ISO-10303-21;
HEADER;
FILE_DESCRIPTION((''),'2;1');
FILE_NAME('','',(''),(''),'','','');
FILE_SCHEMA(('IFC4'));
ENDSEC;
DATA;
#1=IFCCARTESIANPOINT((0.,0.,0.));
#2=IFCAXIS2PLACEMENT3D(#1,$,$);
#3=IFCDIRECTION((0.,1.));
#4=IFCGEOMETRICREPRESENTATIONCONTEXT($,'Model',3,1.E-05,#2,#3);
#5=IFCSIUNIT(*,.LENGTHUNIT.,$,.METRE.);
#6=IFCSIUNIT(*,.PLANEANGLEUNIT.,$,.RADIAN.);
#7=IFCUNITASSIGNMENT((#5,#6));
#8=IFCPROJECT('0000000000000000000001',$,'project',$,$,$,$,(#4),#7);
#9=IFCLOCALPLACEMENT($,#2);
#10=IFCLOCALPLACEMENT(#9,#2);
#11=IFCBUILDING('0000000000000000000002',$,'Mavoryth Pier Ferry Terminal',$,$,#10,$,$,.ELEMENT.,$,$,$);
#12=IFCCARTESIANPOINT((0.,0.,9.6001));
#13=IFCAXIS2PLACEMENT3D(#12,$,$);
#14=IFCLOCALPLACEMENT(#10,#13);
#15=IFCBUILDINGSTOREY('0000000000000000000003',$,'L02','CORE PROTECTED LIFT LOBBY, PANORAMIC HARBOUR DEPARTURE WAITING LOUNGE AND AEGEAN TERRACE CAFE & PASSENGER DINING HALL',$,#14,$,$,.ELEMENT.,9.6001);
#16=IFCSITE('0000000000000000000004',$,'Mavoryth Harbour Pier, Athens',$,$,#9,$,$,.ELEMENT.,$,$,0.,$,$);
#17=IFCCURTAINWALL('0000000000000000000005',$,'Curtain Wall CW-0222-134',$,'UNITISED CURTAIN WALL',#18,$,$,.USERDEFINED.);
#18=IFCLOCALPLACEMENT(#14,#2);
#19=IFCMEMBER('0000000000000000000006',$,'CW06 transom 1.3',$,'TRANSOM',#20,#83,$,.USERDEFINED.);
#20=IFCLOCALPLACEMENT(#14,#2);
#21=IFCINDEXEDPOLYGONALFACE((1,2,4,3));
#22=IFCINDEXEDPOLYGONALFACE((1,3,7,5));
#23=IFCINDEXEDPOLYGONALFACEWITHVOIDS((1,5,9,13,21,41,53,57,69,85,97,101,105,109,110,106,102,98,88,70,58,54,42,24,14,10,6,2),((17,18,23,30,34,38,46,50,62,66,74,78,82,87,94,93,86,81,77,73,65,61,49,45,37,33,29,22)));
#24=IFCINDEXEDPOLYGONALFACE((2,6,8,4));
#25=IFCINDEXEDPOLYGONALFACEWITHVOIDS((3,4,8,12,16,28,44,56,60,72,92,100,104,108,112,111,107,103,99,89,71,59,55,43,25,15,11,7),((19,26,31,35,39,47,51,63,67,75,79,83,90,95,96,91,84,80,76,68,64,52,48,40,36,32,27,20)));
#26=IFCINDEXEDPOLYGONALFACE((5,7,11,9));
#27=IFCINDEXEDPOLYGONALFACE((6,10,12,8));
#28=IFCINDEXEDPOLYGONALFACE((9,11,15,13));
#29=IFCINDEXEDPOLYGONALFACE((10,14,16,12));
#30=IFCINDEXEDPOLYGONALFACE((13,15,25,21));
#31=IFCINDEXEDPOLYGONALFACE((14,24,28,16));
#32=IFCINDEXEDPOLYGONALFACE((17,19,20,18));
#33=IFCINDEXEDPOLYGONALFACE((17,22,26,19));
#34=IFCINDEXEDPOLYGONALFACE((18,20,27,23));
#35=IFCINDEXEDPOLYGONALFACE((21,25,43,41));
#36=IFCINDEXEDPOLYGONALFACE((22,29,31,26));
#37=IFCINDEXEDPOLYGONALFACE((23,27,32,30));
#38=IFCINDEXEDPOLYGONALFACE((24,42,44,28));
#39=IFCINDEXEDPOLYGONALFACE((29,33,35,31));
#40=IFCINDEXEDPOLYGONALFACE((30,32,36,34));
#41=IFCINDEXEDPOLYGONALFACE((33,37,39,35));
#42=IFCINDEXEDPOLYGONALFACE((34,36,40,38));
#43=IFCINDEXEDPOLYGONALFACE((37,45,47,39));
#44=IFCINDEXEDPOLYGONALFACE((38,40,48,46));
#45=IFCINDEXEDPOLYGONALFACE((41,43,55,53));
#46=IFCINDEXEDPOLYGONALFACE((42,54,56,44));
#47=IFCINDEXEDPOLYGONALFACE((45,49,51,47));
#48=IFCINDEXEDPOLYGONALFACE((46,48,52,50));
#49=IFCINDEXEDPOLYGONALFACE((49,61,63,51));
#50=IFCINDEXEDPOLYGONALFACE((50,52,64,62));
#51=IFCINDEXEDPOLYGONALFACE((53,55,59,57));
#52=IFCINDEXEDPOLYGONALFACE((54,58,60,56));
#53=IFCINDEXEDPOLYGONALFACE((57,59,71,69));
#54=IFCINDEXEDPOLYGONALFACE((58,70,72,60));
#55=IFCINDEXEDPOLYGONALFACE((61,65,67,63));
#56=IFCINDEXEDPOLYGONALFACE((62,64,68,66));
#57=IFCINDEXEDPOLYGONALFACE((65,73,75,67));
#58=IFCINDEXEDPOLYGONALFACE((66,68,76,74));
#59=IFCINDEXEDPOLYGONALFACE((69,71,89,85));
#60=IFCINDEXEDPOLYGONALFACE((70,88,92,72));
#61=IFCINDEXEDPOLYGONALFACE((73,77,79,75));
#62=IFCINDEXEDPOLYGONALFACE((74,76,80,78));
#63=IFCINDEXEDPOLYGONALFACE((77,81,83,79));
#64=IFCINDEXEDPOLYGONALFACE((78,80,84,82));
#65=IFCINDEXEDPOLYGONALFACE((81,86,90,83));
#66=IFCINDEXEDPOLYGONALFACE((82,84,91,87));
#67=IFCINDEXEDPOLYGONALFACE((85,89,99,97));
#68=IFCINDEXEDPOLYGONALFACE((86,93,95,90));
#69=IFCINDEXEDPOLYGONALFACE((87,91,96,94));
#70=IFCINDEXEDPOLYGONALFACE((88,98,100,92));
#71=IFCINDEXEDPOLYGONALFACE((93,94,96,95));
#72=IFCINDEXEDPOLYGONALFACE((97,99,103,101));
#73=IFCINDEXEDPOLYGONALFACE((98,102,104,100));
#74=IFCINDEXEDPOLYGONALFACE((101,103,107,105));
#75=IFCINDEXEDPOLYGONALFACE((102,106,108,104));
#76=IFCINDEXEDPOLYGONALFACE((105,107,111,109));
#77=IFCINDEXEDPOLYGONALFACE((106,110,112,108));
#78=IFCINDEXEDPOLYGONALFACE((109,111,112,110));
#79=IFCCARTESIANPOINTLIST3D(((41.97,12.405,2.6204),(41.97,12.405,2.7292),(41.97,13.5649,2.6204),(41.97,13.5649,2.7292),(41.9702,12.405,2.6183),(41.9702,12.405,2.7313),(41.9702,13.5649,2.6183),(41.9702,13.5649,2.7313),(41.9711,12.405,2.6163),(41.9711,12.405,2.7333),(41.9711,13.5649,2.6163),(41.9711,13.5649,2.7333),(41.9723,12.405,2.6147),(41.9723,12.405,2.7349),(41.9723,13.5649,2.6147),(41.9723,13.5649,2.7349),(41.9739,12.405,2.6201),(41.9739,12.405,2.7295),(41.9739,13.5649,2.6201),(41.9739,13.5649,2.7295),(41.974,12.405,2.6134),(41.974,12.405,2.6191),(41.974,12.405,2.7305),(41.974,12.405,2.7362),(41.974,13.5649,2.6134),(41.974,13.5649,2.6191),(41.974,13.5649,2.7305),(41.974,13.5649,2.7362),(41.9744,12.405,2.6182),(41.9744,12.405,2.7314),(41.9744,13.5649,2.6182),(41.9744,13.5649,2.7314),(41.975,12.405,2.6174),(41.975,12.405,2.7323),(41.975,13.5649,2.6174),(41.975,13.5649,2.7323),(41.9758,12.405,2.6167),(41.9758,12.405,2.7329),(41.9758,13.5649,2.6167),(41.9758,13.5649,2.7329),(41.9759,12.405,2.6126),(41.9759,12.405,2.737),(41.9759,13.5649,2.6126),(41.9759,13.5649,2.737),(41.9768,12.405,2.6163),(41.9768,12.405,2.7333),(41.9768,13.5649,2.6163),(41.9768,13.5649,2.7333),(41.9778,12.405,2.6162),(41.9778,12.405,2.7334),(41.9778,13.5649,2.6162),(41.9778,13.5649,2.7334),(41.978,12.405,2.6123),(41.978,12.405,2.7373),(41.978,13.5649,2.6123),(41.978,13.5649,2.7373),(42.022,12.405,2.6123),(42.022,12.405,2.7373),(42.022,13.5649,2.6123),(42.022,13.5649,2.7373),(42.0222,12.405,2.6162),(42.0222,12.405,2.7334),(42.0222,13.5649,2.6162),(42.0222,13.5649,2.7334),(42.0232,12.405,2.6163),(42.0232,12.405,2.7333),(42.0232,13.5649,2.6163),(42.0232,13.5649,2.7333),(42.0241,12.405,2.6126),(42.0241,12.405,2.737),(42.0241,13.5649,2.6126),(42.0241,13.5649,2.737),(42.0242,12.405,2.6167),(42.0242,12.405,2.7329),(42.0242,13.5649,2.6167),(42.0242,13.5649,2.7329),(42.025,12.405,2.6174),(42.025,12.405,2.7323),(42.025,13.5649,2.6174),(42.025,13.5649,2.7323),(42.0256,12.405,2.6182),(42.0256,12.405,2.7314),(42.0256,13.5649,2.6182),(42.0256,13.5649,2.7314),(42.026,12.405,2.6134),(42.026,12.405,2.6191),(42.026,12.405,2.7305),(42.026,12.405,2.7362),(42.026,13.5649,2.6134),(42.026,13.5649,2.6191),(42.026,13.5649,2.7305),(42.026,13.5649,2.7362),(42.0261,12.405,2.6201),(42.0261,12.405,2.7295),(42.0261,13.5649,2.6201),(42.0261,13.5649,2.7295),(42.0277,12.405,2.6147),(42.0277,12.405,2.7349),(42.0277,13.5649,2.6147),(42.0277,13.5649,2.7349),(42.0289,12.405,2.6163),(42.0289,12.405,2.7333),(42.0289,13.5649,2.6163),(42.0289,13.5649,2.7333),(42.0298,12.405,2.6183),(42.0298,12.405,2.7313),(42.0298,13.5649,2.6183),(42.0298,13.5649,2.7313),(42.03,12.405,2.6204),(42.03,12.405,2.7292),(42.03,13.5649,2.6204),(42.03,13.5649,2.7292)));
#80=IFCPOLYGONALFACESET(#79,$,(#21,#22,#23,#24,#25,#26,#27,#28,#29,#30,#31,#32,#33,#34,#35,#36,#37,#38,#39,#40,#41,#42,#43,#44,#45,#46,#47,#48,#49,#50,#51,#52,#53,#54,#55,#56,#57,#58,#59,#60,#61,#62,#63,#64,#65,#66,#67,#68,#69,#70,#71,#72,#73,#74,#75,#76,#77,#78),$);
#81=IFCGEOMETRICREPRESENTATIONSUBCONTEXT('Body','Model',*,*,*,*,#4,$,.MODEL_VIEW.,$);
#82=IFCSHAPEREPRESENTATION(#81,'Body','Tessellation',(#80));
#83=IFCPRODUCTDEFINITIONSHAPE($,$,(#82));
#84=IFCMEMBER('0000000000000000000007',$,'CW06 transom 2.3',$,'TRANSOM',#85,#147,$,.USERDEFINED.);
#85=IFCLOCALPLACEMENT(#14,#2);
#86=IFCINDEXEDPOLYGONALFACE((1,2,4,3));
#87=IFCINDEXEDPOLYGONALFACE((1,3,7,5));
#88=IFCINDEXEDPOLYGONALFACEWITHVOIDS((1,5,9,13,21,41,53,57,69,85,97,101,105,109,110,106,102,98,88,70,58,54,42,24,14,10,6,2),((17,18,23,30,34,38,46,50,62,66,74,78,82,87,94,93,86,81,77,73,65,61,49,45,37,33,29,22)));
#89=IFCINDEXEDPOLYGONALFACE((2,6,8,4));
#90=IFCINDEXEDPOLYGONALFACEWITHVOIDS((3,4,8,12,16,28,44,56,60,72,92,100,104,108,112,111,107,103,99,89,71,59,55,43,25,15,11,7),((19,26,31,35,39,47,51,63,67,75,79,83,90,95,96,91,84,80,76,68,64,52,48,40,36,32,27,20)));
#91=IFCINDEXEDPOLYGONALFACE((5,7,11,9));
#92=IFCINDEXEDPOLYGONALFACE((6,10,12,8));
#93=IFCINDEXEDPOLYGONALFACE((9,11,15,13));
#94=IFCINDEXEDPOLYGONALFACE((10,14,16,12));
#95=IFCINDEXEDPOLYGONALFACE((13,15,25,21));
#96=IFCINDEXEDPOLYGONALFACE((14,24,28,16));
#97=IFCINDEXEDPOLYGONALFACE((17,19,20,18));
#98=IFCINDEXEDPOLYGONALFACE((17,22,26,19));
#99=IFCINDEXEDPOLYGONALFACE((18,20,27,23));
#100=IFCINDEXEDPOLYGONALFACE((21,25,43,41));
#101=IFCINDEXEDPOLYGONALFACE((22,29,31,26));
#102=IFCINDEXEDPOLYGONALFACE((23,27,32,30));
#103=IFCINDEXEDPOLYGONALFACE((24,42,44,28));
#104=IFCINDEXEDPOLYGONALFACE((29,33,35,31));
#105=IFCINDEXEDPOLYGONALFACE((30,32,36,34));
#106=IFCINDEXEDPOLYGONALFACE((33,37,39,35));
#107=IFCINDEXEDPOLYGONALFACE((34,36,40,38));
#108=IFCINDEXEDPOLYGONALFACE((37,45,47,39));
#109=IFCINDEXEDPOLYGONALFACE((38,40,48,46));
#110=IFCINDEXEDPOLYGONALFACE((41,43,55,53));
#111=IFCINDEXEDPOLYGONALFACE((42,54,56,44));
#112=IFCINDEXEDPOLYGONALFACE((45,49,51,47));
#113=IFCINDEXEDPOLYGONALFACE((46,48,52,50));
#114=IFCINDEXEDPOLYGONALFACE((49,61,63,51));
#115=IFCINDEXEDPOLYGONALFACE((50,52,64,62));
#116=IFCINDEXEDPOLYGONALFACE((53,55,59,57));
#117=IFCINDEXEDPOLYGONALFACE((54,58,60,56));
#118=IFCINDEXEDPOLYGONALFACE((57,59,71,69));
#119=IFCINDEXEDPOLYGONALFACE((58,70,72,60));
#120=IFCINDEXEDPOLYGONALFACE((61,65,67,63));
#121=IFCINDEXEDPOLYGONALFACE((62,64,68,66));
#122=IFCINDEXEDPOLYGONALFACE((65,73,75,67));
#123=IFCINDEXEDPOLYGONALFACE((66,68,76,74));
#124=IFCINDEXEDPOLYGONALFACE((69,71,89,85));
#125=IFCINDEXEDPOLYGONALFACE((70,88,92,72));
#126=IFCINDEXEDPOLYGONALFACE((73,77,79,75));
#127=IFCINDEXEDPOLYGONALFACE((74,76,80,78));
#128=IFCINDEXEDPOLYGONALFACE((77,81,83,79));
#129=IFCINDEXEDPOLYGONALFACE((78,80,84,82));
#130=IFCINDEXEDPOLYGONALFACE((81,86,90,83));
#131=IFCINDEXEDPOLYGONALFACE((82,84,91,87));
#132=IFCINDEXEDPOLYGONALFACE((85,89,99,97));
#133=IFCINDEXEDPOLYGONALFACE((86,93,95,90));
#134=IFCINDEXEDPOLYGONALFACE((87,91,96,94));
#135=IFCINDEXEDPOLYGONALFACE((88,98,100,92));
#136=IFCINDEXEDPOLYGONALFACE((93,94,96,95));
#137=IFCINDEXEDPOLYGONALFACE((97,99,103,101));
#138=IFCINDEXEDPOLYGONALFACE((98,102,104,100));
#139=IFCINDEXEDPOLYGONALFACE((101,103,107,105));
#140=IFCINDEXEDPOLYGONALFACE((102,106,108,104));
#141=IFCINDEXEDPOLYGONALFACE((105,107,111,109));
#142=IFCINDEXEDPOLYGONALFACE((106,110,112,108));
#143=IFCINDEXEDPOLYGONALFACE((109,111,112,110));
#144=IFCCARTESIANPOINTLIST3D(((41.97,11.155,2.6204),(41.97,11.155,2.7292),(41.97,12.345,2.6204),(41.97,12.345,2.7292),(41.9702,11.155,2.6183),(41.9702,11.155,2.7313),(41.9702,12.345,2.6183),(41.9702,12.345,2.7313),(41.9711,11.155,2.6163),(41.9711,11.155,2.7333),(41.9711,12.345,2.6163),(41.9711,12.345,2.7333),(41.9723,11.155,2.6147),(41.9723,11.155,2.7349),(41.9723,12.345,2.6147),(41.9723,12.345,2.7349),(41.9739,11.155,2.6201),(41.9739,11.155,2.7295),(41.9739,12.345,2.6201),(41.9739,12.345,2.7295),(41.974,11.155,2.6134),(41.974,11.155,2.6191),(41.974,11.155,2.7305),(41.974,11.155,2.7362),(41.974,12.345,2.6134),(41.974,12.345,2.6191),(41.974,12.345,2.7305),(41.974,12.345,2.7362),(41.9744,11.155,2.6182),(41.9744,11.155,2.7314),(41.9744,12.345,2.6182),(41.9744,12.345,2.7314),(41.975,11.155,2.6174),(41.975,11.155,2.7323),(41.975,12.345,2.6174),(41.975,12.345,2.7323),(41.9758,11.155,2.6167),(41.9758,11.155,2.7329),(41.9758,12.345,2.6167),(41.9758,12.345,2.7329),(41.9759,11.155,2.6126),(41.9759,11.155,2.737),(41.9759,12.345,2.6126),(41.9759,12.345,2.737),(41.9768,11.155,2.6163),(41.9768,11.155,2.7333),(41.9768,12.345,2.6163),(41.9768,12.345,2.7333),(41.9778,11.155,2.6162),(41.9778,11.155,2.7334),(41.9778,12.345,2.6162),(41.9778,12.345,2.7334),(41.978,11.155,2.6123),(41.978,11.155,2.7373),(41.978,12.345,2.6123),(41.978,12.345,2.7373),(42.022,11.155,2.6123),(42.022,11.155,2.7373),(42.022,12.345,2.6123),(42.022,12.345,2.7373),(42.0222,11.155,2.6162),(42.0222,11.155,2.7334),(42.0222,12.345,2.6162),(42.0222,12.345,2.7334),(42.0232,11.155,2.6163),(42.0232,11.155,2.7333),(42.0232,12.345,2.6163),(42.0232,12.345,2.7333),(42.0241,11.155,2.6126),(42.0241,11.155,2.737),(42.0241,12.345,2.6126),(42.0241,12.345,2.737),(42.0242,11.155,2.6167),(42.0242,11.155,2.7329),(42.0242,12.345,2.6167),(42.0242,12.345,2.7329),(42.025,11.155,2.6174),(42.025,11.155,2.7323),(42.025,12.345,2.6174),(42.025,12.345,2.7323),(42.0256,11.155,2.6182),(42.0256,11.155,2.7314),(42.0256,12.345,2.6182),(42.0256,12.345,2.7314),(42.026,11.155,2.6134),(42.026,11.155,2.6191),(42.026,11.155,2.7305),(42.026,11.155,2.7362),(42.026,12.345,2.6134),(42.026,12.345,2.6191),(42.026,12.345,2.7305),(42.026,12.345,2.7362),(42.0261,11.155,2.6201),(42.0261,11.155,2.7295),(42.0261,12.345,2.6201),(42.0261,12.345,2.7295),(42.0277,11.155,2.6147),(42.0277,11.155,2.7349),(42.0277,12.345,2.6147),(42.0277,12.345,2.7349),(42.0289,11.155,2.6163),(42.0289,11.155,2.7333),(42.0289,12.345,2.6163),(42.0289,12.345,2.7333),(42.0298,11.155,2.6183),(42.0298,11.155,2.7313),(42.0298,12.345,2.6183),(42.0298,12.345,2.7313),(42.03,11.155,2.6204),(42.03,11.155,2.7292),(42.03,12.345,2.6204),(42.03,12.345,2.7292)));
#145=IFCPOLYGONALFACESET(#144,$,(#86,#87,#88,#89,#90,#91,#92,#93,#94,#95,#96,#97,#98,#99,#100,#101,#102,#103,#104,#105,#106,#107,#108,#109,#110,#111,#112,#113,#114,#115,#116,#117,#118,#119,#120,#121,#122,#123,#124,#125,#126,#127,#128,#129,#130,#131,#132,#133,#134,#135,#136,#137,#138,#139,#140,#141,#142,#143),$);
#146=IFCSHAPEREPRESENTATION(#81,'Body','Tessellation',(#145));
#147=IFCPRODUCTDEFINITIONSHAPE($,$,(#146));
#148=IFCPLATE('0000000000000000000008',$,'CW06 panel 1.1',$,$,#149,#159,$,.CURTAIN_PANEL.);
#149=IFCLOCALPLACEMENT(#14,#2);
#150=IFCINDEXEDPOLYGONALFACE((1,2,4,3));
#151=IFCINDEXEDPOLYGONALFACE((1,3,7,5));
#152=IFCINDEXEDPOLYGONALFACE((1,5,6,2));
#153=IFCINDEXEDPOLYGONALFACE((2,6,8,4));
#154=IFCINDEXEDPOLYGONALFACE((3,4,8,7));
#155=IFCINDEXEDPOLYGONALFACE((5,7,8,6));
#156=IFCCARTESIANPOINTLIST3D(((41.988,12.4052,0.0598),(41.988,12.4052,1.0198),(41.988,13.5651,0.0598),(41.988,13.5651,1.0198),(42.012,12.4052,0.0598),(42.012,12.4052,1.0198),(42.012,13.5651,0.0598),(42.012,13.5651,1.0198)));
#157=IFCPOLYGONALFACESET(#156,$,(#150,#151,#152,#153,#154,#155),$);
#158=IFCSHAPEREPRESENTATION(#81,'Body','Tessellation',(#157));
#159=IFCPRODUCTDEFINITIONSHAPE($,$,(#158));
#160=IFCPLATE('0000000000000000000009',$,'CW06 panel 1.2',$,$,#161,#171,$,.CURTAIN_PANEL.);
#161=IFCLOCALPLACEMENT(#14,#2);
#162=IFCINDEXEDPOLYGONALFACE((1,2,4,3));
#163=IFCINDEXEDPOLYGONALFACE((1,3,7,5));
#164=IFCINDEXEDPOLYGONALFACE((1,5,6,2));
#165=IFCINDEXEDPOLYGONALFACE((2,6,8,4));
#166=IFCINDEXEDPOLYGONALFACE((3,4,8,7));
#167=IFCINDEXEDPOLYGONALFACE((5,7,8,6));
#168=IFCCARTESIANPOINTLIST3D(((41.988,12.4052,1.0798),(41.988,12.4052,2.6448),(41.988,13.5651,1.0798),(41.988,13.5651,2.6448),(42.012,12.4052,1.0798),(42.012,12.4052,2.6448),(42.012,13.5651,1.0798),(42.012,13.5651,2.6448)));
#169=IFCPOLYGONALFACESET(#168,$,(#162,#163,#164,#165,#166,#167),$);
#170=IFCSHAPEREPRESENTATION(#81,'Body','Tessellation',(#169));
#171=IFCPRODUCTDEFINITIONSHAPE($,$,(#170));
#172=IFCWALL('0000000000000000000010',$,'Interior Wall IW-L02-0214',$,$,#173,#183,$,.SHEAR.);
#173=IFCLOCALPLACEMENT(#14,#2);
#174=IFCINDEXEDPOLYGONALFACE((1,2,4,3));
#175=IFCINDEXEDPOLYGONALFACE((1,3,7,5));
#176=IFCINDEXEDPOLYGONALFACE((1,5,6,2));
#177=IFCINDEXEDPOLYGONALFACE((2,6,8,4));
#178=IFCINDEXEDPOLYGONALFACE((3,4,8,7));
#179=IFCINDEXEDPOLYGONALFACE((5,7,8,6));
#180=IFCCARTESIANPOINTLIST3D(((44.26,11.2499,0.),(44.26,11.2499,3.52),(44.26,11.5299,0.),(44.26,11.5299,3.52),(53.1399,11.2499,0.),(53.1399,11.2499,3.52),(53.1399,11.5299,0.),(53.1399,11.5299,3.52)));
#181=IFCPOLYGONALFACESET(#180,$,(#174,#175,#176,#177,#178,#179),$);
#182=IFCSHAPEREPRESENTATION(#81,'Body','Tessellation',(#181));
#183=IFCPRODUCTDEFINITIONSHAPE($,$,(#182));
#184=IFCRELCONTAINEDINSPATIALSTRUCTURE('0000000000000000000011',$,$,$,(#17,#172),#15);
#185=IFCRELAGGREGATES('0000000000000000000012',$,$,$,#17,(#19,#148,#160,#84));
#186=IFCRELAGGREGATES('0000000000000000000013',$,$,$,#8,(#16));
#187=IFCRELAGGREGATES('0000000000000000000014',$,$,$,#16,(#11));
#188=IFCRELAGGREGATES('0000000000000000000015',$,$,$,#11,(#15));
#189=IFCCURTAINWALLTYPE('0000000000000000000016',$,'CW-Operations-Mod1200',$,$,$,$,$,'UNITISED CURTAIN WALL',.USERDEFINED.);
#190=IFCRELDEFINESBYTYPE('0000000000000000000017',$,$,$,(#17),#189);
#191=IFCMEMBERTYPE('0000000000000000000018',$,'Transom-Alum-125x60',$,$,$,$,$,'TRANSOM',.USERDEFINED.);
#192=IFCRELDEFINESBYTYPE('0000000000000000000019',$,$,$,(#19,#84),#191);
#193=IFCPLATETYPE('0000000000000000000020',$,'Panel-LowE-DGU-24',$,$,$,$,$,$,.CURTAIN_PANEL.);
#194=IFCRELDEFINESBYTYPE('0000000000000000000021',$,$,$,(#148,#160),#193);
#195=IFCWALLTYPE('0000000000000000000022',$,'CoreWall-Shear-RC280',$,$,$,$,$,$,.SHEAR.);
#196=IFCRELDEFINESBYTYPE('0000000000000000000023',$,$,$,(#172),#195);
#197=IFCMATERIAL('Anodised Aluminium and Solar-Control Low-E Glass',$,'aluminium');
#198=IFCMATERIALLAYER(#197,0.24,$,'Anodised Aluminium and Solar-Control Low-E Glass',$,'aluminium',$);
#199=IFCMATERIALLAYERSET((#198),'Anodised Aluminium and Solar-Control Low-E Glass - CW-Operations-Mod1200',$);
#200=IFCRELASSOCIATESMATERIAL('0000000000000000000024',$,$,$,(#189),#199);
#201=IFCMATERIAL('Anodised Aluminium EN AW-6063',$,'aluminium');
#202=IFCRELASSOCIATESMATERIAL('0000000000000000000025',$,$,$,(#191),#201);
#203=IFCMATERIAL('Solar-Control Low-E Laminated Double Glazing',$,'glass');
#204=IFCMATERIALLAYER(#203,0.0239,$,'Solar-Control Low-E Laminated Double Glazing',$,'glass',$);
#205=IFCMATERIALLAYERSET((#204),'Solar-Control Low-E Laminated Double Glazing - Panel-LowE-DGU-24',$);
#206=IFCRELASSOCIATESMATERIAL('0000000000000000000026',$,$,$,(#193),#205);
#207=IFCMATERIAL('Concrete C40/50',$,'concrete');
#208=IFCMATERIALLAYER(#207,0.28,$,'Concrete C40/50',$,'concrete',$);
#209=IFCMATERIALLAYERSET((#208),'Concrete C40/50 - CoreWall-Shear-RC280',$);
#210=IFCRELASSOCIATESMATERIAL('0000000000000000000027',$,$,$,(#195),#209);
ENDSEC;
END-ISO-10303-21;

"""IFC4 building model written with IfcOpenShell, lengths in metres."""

from ifc_helpers import new_model, si_unit, direction, frame, frame_2d, origin, origin_2d, place, context, subcontext, project, spatial, rectangle, hollow_rectangle, extrude, material, layer, layer_set, material_profile, profile_set, type_object, element, aggregate, save


model = new_model("IFC4")

# Units and contexts
model_context = context("Model", 3, precision=1e-05, world=origin(), true_north=direction((0.0, 1.0)))
body_context = subcontext(model_context, "Body", "Model", "MODEL_VIEW")
ifc_project = project(units=[si_unit("LENGTHUNIT", "METRE"), si_unit("PLANEANGLEUNIT", "RADIAN")], contexts=[model_context])

# Site, building, storey
site_placement = place(None, origin())
site = spatial("IfcSite", under=ifc_project, at=site_placement, Name="Mavoryth Harbour Pier, Athens", CompositionType="ELEMENT", RefElevation=0.0)
building_placement = place(site_placement, origin())
building = spatial("IfcBuilding", under=site, at=building_placement, Name="Mavoryth Pier Ferry Terminal", CompositionType="ELEMENT")
storey_placement = place(building_placement, frame((0.0, 0.0, 9.6001)))
storey = spatial("IfcBuildingStorey", under=building, at=storey_placement, Name="L02", Description="CORE PROTECTED LIFT LOBBY, PANORAMIC HARBOUR DEPARTURE WAITING LOUNGE AND AEGEAN TERRACE CAFE & PASSENGER DINING HALL", CompositionType="ELEMENT", Elevation=9.6001)

# Shared definitions
ifc_material_1 = material(Name="Concrete C40/50", Category="concrete")

# Curtain wall
ifc_material_2 = material(Name="Anodised Aluminium and Solar-Control Low-E Glass", Category="aluminium")
ifc_layer_1 = layer(ifc_material_2, 0.24, Name="Anodised Aluminium and Solar-Control Low-E Glass", Category="aluminium")
ifc_layer_set_1 = layer_set([ifc_layer_1], Name="Anodised Aluminium and Solar-Control Low-E Glass - CW-Operations-Mod1200")
curtain_wall_type = type_object("IfcCurtainWallType", Name="CW-Operations-Mod1200", ElementType="UNITISED CURTAIN WALL", PredefinedType="USERDEFINED", material=ifc_layer_set_1)
curtain_wall_1_placement = place(storey_placement, origin())
curtain_wall_1 = element("IfcCurtainWall", 1, at=curtain_wall_1_placement, inside=storey, type_object=curtain_wall_type, Name="Curtain Wall CW-0222-134", ObjectType="UNITISED CURTAIN WALL", PredefinedType="USERDEFINED")
ifc_material_3 = material(Name="Anodised Aluminium EN AW-6063", Category="aluminium")

# Members
ifc_material_profile_1 = material_profile(ifc_material_3, hollow_rectangle(XDim=0.0601, YDim=0.125, WallThickness=0.0039, InnerFilletRadius=0.0039, OuterFilletRadius=0.0081, at=origin_2d()), Name="AL-TRAN 125x60x4", Category="aluminium")
ifc_profile_set_1 = profile_set([ifc_material_profile_1], Name="Anodised Aluminium EN AW-6063 - AL-TRAN 125x60x4")
member_type_1 = type_object("IfcMemberType", Name="Transom-Alum-125x60", ElementType="TRANSOM", PredefinedType="USERDEFINED", material=ifc_profile_set_1)
member_1_placement = place(storey_placement, frame((42.0, 13.5649, 2.6748), z_axis=(0.0, -1.0, 0.0), x_axis=(1.0, 0.0, 0.0)))
member_1 = element("IfcMember", 2, at=member_1_placement, type_object=member_type_1, Name="CW06 transom 1.3", ObjectType="TRANSOM", PredefinedType="USERDEFINED", context=body_context, shape_type="SweptSolid", body=[
    extrude(hollow_rectangle(XDim=0.0601, YDim=0.125, WallThickness=0.0039, InnerFilletRadius=0.0039, OuterFilletRadius=0.0081, at=origin_2d()), origin(), (0.0, 0.0, 1.0), 1.1599),
])
member_2_placement = place(storey_placement, frame((42.0, 12.345, 2.6748), z_axis=(0.0, -1.0, 0.0), x_axis=(1.0, 0.0, 0.0)))
member_2 = element("IfcMember", 3, at=member_2_placement, type_object=member_type_1, Name="CW06 transom 2.3", ObjectType="TRANSOM", PredefinedType="USERDEFINED", context=body_context, shape_type="SweptSolid", body=[
    extrude(hollow_rectangle(XDim=0.0601, YDim=0.125, WallThickness=0.0039, InnerFilletRadius=0.0039, OuterFilletRadius=0.0081, at=origin_2d()), origin(), (0.0, 0.0, 1.0), 1.1899),
])

# Plates
ifc_material_4 = material(Name="Solar-Control Low-E Laminated Double Glazing", Category="glass")
ifc_layer_2 = layer(ifc_material_4, 0.0239, Name="Solar-Control Low-E Laminated Double Glazing", Category="glass")
ifc_layer_set_2 = layer_set([ifc_layer_2], Name="Solar-Control Low-E Laminated Double Glazing - Panel-LowE-DGU-24")
plate_type = type_object("IfcPlateType", Name="Panel-LowE-DGU-24", PredefinedType="CURTAIN_PANEL", material=ifc_layer_set_2)
plate_1_placement = place(storey_placement, frame((42.0, 12.9851, 0.0598), z_axis=(0.0, 0.0, 1.0), x_axis=(0.0, -1.0, 0.0)))
plate_1 = element("IfcPlate", 4, at=plate_1_placement, type_object=plate_type, Name="CW06 panel 1.1", PredefinedType="CURTAIN_PANEL", context=body_context, shape_type="SweptSolid", body=[
    extrude(rectangle(XDim=1.1599, YDim=0.0239, at=origin_2d()), origin(), (0.0, 0.0, 1.0), 0.96),
])
plate_2_placement = place(storey_placement, frame((42.0, 12.9851, 1.0798), z_axis=(0.0, 0.0, 1.0), x_axis=(0.0, -1.0, 0.0)))
plate_2 = element("IfcPlate", 5, at=plate_2_placement, type_object=plate_type, Name="CW06 panel 1.2", PredefinedType="CURTAIN_PANEL", context=body_context, shape_type="SweptSolid", body=[
    extrude(rectangle(XDim=1.1599, YDim=0.0239, at=origin_2d()), origin(), (0.0, 0.0, 1.0), 1.5649),
])
aggregate(curtain_wall_1, [member_1, plate_1, plate_2, member_2])

# Wall
ifc_layer_3 = layer(ifc_material_1, 0.28, Name="Concrete C40/50", Category="concrete")
ifc_layer_set_3 = layer_set([ifc_layer_3], Name="Concrete C40/50 - CoreWall-Shear-RC280")
wall_type = type_object("IfcWallType", Name="CoreWall-Shear-RC280", PredefinedType="SHEAR", material=ifc_layer_set_3)
wall_1_placement = place(storey_placement, frame((44.26, 11.3899, 0.0), z_axis=(0.0, 0.0, 1.0), x_axis=(1.0, 0.0, 0.0)))
element("IfcWall", 6, at=wall_1_placement, inside=storey, type_object=wall_type, Name="Interior Wall IW-L02-0214", PredefinedType="SHEAR", context=body_context, shape_type="SweptSolid", body=[
    extrude(rectangle(XDim=8.8799, YDim=0.28, at=frame_2d((4.4399, 0.0))), origin(), (0.0, 0.0, 1.0), 3.52),
])

save(model, "model.ifc")
